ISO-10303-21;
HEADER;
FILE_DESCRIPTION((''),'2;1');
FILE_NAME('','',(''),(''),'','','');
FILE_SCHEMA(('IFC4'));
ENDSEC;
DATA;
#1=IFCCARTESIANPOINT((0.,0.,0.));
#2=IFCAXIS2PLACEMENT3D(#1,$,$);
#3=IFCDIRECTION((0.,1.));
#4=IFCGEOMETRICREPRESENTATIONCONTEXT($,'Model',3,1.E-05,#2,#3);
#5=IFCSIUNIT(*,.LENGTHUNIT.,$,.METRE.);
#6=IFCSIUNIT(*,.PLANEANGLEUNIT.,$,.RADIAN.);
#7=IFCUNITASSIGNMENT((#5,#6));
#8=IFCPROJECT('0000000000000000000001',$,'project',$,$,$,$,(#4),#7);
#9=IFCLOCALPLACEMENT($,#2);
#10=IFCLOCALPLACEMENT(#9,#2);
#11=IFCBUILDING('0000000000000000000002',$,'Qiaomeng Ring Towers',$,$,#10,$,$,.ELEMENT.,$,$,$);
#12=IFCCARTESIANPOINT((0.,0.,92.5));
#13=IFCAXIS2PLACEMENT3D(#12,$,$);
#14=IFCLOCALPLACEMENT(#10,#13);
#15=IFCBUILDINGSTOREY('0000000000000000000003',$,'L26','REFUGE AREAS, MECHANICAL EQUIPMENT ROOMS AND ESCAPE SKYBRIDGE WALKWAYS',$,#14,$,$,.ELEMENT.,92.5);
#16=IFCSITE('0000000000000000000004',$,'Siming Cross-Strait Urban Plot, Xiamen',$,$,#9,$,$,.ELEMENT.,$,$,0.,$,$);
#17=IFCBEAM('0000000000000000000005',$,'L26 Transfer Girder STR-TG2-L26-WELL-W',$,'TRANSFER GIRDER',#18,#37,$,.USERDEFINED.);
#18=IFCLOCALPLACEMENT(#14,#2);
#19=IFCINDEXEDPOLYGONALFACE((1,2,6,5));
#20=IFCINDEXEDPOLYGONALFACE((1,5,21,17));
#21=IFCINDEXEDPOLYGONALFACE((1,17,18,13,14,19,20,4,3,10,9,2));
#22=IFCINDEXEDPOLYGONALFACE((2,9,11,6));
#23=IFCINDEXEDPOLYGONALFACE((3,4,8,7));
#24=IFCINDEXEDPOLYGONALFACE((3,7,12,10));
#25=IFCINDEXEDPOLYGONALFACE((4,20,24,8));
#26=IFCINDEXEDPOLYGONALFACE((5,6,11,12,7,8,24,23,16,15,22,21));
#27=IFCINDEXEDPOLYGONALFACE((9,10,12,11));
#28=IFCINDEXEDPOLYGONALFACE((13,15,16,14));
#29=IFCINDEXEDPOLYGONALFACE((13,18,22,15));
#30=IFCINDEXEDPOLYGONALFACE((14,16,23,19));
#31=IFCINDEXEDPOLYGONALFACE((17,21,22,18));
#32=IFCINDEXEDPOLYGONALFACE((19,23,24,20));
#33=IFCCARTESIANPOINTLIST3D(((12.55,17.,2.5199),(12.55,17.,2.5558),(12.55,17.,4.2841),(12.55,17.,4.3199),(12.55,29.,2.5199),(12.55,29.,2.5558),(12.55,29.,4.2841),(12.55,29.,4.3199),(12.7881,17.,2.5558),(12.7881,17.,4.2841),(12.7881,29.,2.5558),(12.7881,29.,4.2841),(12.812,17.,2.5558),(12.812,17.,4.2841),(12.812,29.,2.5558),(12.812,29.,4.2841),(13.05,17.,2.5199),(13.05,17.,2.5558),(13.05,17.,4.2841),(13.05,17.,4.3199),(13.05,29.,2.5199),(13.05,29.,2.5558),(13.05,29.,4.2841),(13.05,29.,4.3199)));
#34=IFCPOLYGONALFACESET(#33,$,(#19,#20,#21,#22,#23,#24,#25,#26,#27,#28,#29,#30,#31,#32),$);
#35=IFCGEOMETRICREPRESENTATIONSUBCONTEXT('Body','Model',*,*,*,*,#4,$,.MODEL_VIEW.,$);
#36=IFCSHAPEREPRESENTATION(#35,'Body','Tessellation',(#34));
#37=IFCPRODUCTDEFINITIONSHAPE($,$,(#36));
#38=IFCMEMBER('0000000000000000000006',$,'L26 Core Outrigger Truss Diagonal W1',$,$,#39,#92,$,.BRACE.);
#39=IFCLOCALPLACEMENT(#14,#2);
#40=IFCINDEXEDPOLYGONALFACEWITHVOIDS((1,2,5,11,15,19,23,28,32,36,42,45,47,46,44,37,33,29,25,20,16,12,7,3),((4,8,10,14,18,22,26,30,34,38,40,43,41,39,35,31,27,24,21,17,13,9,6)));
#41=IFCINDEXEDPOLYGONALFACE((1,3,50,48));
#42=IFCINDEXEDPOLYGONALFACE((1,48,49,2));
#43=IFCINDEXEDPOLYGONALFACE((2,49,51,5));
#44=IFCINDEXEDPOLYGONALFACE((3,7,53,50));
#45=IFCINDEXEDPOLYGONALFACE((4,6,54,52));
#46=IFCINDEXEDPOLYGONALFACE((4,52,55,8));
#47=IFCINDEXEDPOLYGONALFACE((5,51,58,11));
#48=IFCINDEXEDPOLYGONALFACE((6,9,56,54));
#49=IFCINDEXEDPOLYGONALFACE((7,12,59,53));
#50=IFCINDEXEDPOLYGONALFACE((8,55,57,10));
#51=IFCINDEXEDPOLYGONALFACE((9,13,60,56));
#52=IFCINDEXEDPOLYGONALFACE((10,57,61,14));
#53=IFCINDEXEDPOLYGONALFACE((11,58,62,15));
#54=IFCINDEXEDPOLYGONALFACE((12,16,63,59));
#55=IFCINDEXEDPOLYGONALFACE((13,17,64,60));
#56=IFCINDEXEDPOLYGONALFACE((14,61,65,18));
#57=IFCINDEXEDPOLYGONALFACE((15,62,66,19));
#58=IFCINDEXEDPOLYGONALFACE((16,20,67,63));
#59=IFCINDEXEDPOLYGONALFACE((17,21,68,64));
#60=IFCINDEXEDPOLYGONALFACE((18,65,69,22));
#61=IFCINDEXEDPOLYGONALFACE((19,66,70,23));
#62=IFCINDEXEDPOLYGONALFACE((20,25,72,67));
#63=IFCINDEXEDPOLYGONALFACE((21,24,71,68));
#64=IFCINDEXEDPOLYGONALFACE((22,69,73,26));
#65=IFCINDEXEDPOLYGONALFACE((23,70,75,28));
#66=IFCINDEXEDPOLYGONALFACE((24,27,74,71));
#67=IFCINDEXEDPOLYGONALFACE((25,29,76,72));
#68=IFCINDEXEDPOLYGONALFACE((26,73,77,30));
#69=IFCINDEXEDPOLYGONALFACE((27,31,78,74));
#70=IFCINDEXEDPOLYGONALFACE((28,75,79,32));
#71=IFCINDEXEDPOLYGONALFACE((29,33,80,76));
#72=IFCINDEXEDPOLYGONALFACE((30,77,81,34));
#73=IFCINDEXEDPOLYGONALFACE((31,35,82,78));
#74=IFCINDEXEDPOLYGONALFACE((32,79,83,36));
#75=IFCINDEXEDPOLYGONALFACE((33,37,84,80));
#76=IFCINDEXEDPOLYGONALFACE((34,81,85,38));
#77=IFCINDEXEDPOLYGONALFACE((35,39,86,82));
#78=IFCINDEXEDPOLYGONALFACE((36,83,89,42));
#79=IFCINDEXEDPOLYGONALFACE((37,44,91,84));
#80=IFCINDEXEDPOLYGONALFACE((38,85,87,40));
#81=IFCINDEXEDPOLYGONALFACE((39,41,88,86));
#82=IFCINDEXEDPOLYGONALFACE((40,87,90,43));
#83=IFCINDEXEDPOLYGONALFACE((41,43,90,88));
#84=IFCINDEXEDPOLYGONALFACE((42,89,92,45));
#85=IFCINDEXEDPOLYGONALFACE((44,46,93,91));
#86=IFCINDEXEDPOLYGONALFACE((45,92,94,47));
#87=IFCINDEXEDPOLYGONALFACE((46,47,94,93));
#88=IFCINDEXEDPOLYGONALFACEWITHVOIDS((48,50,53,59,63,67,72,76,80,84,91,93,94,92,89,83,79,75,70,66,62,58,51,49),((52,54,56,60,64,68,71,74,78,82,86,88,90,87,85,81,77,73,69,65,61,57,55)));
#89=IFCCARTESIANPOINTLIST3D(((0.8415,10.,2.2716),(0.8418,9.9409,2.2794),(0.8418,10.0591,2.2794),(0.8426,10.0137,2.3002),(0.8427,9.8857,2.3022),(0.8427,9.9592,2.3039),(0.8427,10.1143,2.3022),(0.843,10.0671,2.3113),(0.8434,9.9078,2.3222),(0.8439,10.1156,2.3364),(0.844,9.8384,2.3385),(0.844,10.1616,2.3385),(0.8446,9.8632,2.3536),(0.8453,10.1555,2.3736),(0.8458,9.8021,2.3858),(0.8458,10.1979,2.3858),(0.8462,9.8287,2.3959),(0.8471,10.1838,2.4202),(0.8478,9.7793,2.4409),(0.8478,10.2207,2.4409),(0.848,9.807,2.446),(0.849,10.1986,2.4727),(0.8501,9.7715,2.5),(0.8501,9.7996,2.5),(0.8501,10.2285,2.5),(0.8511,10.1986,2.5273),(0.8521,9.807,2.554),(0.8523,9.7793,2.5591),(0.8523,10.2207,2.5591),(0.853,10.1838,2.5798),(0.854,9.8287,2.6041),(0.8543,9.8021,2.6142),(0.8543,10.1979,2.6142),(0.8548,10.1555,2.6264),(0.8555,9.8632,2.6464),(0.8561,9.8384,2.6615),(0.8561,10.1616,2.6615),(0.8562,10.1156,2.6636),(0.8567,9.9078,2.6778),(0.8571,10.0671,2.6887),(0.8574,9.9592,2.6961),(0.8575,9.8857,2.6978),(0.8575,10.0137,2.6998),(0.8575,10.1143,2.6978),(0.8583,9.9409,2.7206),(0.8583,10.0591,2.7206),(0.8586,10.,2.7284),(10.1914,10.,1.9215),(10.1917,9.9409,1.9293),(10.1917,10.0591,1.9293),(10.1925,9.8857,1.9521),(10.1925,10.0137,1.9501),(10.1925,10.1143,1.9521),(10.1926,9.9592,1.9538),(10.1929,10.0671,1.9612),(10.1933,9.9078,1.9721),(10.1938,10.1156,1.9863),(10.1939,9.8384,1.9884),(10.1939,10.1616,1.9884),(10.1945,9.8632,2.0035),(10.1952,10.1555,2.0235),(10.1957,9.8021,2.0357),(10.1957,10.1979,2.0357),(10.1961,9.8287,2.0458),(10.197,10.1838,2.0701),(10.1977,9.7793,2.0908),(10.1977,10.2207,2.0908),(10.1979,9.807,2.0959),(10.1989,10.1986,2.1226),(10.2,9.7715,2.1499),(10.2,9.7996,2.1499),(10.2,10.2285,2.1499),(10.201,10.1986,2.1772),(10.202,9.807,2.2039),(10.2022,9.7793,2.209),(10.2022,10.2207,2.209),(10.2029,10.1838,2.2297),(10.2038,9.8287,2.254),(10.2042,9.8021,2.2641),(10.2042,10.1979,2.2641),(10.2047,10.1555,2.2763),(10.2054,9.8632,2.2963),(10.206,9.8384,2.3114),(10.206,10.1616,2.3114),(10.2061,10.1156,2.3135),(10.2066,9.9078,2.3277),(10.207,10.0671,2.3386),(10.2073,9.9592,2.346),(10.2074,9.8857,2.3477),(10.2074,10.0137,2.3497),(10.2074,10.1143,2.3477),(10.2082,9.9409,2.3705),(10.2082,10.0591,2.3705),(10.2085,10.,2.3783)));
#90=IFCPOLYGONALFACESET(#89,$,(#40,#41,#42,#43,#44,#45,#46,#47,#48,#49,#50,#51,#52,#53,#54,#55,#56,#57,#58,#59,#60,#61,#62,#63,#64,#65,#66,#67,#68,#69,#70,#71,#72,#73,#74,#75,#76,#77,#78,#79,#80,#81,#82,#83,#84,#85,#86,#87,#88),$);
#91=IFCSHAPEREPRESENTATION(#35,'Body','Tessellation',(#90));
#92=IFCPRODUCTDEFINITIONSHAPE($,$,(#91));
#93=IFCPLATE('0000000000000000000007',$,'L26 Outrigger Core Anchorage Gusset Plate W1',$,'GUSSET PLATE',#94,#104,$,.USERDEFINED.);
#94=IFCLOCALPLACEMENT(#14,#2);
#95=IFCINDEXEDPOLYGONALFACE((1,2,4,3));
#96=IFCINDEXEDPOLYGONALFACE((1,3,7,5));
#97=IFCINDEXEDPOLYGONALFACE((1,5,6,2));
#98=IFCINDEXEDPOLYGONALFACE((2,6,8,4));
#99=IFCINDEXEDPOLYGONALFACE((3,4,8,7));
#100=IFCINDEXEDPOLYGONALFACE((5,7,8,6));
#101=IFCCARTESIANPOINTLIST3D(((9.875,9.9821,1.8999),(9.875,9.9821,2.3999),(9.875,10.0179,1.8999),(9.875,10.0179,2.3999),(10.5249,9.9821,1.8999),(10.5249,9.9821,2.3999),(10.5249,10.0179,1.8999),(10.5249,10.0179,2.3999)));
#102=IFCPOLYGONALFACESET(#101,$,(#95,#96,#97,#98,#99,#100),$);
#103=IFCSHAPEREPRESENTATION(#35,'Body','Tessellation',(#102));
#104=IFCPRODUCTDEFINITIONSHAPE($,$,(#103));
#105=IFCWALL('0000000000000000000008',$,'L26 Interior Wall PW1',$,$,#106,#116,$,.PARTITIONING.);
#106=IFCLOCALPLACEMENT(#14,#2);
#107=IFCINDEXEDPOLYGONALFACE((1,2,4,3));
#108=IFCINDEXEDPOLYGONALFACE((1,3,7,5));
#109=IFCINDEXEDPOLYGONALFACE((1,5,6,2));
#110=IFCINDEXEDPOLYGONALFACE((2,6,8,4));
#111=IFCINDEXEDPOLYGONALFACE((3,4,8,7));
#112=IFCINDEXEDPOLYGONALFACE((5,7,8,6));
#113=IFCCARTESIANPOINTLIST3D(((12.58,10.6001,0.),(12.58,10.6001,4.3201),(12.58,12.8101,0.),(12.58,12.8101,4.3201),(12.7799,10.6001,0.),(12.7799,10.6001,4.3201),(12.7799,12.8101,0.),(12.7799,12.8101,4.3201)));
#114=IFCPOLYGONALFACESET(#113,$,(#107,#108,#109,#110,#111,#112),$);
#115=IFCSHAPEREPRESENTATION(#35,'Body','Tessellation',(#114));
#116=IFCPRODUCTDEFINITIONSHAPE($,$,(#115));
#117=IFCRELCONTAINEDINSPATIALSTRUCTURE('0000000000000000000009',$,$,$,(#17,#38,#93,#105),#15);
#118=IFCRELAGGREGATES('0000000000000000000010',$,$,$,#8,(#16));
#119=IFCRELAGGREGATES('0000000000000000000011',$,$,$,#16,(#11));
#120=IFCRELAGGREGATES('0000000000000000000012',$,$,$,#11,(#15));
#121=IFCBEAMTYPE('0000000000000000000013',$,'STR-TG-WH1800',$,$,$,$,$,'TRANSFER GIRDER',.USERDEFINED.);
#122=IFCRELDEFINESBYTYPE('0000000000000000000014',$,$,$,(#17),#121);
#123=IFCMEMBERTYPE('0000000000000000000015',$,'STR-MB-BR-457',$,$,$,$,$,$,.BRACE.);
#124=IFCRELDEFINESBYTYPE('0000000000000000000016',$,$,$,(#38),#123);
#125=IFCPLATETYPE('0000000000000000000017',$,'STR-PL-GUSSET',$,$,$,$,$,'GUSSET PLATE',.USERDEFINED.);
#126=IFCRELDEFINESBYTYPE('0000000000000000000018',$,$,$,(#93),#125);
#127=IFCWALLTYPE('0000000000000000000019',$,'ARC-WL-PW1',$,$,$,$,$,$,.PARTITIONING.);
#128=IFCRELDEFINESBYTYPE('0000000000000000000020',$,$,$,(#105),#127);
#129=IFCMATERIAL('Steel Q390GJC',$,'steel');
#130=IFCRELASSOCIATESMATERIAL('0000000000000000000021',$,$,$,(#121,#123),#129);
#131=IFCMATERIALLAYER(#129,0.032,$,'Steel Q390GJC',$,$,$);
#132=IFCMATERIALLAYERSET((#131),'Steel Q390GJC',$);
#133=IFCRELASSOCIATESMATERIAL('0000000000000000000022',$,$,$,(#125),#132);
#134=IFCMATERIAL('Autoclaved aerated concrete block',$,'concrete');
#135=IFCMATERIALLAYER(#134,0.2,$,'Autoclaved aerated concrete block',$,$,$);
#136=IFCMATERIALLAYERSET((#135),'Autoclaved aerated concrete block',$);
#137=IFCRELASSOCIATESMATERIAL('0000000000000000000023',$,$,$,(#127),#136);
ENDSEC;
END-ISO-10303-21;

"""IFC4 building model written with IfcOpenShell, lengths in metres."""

from ifc_helpers import new_model, si_unit, direction, frame, frame_2d, origin, origin_2d, place, context, subcontext, project, spatial, rectangle, hollow_circle, i_section, extrude, source, transform, mapped, material, layer, layer_set, material_profile, profile_set, type_object, element, save


model = new_model("IFC4")

# Units and contexts
model_context = context("Model", 3, precision=1e-05, world=origin(), true_north=direction((0.0, 1.0)))
body_context = subcontext(model_context, "Body", "Model", "MODEL_VIEW")
ifc_project = project(units=[si_unit("LENGTHUNIT", "METRE"), si_unit("PLANEANGLEUNIT", "RADIAN")], contexts=[model_context])

# Site, building, storey
site_placement = place(None, origin())
site = spatial("IfcSite", under=ifc_project, at=site_placement, Name="Siming Cross-Strait Urban Plot, Xiamen", CompositionType="ELEMENT", RefElevation=0.0)
building_placement = place(site_placement, origin())
building = spatial("IfcBuilding", under=site, at=building_placement, Name="Qiaomeng Ring Towers", CompositionType="ELEMENT")
storey_placement = place(building_placement, frame((0.0, 0.0, 92.5)))
storey = spatial("IfcBuildingStorey", under=building, at=storey_placement, Name="L26", Description="REFUGE AREAS, MECHANICAL EQUIPMENT ROOMS AND ESCAPE SKYBRIDGE WALKWAYS", CompositionType="ELEMENT", Elevation=92.5)

# Beam
ifc_material_1 = material(Name="Steel Q390GJC", Category="steel")
ifc_material_profile_1 = material_profile(ifc_material_1, i_section(OverallWidth=0.5, OverallDepth=1.8, WebThickness=0.0239, FlangeThickness=0.0359, at=origin_2d()), Name="WH 1800x500x24x36")
ifc_profile_set_1 = profile_set([ifc_material_profile_1], Name="Steel Q390GJC")
beam_type = type_object("IfcBeamType", Name="STR-TG-WH1800", ElementType="TRANSFER GIRDER", PredefinedType="USERDEFINED", material=ifc_profile_set_1)
shared_shape_1 = source(origin(), body_context, "Body", "SweptSolid", [
    extrude(i_section(OverallWidth=0.5, OverallDepth=1.8, WebThickness=0.0239, FlangeThickness=0.0359, at=origin_2d()), origin(), (0.0, 0.0, 1.0), 12.0),
])
beam_placement = place(storey_placement, frame((12.8, 17.0, 3.4199), z_axis=(0.0, 1.0, 0.0), x_axis=(-1.0, 0.0, 0.0)))
element("IfcBeam", 1, at=beam_placement, inside=storey, type_object=beam_type, Name="L26 Transfer Girder STR-TG2-L26-WELL-W", ObjectType="TRANSFER GIRDER", PredefinedType="USERDEFINED", context=body_context, shape_type="MappedRepresentation", body=[
    mapped(shared_shape_1, transform((0.0, 0.0, 0.0), x_axis=(1.0, 0.0, 0.0), y_axis=(0.0, 1.0, 0.0), z_axis=(0.0, 0.0, 1.0), scale=1.0)),
])

# Member
ifc_material_profile_2 = material_profile(ifc_material_1, hollow_circle(Radius=0.2285, WallThickness=0.0281, at=origin_2d()), Name="CHS 457x28")
ifc_profile_set_2 = profile_set([ifc_material_profile_2], Name="Steel Q390GJC")
member_type = type_object("IfcMemberType", Name="STR-MB-BR-457", PredefinedType="BRACE", material=ifc_profile_set_2)
shared_shape_2 = source(origin(), body_context, "Body", "SweptSolid", [
    extrude(hollow_circle(Radius=0.2285, WallThickness=0.0281, at=origin_2d()), origin(), (0.0, 0.0, 1.0), 9.3564),
])
member_placement = place(storey_placement, frame((10.2, 10.0, 2.1499), z_axis=(-0.9993, 0.0, 0.037418), x_axis=(0.0, -1.0, 0.0)))
element("IfcMember", 2, at=member_placement, inside=storey, type_object=member_type, Name="L26 Core Outrigger Truss Diagonal W1", PredefinedType="BRACE", context=body_context, shape_type="MappedRepresentation", body=[
    mapped(shared_shape_2, transform((0.0, 0.0, 0.0), x_axis=(1.0, 0.0, 0.0), y_axis=(0.0, 1.0, 0.0), z_axis=(0.0, 0.0, 1.0), scale=1.0)),
])

# Plate
ifc_layer_1 = layer(ifc_material_1, 0.032, Name="Steel Q390GJC")
ifc_layer_set_1 = layer_set([ifc_layer_1], Name="Steel Q390GJC")
plate_type = type_object("IfcPlateType", Name="STR-PL-GUSSET", ElementType="GUSSET PLATE", PredefinedType="USERDEFINED", material=ifc_layer_set_1)
shared_shape_3 = source(origin(), body_context, "Body", "SweptSolid", [
    extrude(rectangle(XDim=0.6499, YDim=0.0359, at=origin_2d()), origin(), (0.0, 0.0, 1.0), 0.5),
])
plate_placement = place(storey_placement, frame((10.2, 10.0, 1.8999), z_axis=(0.0, 0.0, 1.0), x_axis=(1.0, 0.0, 0.0)))
element("IfcPlate", 3, at=plate_placement, inside=storey, type_object=plate_type, Name="L26 Outrigger Core Anchorage Gusset Plate W1", ObjectType="GUSSET PLATE", PredefinedType="USERDEFINED", context=body_context, shape_type="MappedRepresentation", body=[
    mapped(shared_shape_3, transform((0.0, 0.0, 0.0), x_axis=(1.0, 0.0, 0.0), y_axis=(0.0, 1.0, 0.0), z_axis=(0.0, 0.0, 1.0), scale=1.0)),
])

# Wall
ifc_material_2 = material(Name="Autoclaved aerated concrete block", Category="concrete")
ifc_layer_2 = layer(ifc_material_2, 0.2, Name="Autoclaved aerated concrete block")
ifc_layer_set_2 = layer_set([ifc_layer_2], Name="Autoclaved aerated concrete block")
wall_type_1 = type_object("IfcWallType", Name="ARC-WL-PW1", PredefinedType="PARTITIONING", material=ifc_layer_set_2)
wall_1_placement = place(storey_placement, frame((12.6799, 10.6001, 0.0), z_axis=(0.0, 0.0, 1.0), x_axis=(0.0, 1.0, 0.0)))
element("IfcWall", 4, at=wall_1_placement, inside=storey, type_object=wall_type_1, Name="L26 Interior Wall PW1", PredefinedType="PARTITIONING", context=body_context, shape_type="SweptSolid", body=[
    extrude(rectangle(XDim=2.21, YDim=0.2, at=frame_2d((1.105, 0.0))), origin(), (0.0, 0.0, 1.0), 4.3201),
])

save(model, "model.ifc")
